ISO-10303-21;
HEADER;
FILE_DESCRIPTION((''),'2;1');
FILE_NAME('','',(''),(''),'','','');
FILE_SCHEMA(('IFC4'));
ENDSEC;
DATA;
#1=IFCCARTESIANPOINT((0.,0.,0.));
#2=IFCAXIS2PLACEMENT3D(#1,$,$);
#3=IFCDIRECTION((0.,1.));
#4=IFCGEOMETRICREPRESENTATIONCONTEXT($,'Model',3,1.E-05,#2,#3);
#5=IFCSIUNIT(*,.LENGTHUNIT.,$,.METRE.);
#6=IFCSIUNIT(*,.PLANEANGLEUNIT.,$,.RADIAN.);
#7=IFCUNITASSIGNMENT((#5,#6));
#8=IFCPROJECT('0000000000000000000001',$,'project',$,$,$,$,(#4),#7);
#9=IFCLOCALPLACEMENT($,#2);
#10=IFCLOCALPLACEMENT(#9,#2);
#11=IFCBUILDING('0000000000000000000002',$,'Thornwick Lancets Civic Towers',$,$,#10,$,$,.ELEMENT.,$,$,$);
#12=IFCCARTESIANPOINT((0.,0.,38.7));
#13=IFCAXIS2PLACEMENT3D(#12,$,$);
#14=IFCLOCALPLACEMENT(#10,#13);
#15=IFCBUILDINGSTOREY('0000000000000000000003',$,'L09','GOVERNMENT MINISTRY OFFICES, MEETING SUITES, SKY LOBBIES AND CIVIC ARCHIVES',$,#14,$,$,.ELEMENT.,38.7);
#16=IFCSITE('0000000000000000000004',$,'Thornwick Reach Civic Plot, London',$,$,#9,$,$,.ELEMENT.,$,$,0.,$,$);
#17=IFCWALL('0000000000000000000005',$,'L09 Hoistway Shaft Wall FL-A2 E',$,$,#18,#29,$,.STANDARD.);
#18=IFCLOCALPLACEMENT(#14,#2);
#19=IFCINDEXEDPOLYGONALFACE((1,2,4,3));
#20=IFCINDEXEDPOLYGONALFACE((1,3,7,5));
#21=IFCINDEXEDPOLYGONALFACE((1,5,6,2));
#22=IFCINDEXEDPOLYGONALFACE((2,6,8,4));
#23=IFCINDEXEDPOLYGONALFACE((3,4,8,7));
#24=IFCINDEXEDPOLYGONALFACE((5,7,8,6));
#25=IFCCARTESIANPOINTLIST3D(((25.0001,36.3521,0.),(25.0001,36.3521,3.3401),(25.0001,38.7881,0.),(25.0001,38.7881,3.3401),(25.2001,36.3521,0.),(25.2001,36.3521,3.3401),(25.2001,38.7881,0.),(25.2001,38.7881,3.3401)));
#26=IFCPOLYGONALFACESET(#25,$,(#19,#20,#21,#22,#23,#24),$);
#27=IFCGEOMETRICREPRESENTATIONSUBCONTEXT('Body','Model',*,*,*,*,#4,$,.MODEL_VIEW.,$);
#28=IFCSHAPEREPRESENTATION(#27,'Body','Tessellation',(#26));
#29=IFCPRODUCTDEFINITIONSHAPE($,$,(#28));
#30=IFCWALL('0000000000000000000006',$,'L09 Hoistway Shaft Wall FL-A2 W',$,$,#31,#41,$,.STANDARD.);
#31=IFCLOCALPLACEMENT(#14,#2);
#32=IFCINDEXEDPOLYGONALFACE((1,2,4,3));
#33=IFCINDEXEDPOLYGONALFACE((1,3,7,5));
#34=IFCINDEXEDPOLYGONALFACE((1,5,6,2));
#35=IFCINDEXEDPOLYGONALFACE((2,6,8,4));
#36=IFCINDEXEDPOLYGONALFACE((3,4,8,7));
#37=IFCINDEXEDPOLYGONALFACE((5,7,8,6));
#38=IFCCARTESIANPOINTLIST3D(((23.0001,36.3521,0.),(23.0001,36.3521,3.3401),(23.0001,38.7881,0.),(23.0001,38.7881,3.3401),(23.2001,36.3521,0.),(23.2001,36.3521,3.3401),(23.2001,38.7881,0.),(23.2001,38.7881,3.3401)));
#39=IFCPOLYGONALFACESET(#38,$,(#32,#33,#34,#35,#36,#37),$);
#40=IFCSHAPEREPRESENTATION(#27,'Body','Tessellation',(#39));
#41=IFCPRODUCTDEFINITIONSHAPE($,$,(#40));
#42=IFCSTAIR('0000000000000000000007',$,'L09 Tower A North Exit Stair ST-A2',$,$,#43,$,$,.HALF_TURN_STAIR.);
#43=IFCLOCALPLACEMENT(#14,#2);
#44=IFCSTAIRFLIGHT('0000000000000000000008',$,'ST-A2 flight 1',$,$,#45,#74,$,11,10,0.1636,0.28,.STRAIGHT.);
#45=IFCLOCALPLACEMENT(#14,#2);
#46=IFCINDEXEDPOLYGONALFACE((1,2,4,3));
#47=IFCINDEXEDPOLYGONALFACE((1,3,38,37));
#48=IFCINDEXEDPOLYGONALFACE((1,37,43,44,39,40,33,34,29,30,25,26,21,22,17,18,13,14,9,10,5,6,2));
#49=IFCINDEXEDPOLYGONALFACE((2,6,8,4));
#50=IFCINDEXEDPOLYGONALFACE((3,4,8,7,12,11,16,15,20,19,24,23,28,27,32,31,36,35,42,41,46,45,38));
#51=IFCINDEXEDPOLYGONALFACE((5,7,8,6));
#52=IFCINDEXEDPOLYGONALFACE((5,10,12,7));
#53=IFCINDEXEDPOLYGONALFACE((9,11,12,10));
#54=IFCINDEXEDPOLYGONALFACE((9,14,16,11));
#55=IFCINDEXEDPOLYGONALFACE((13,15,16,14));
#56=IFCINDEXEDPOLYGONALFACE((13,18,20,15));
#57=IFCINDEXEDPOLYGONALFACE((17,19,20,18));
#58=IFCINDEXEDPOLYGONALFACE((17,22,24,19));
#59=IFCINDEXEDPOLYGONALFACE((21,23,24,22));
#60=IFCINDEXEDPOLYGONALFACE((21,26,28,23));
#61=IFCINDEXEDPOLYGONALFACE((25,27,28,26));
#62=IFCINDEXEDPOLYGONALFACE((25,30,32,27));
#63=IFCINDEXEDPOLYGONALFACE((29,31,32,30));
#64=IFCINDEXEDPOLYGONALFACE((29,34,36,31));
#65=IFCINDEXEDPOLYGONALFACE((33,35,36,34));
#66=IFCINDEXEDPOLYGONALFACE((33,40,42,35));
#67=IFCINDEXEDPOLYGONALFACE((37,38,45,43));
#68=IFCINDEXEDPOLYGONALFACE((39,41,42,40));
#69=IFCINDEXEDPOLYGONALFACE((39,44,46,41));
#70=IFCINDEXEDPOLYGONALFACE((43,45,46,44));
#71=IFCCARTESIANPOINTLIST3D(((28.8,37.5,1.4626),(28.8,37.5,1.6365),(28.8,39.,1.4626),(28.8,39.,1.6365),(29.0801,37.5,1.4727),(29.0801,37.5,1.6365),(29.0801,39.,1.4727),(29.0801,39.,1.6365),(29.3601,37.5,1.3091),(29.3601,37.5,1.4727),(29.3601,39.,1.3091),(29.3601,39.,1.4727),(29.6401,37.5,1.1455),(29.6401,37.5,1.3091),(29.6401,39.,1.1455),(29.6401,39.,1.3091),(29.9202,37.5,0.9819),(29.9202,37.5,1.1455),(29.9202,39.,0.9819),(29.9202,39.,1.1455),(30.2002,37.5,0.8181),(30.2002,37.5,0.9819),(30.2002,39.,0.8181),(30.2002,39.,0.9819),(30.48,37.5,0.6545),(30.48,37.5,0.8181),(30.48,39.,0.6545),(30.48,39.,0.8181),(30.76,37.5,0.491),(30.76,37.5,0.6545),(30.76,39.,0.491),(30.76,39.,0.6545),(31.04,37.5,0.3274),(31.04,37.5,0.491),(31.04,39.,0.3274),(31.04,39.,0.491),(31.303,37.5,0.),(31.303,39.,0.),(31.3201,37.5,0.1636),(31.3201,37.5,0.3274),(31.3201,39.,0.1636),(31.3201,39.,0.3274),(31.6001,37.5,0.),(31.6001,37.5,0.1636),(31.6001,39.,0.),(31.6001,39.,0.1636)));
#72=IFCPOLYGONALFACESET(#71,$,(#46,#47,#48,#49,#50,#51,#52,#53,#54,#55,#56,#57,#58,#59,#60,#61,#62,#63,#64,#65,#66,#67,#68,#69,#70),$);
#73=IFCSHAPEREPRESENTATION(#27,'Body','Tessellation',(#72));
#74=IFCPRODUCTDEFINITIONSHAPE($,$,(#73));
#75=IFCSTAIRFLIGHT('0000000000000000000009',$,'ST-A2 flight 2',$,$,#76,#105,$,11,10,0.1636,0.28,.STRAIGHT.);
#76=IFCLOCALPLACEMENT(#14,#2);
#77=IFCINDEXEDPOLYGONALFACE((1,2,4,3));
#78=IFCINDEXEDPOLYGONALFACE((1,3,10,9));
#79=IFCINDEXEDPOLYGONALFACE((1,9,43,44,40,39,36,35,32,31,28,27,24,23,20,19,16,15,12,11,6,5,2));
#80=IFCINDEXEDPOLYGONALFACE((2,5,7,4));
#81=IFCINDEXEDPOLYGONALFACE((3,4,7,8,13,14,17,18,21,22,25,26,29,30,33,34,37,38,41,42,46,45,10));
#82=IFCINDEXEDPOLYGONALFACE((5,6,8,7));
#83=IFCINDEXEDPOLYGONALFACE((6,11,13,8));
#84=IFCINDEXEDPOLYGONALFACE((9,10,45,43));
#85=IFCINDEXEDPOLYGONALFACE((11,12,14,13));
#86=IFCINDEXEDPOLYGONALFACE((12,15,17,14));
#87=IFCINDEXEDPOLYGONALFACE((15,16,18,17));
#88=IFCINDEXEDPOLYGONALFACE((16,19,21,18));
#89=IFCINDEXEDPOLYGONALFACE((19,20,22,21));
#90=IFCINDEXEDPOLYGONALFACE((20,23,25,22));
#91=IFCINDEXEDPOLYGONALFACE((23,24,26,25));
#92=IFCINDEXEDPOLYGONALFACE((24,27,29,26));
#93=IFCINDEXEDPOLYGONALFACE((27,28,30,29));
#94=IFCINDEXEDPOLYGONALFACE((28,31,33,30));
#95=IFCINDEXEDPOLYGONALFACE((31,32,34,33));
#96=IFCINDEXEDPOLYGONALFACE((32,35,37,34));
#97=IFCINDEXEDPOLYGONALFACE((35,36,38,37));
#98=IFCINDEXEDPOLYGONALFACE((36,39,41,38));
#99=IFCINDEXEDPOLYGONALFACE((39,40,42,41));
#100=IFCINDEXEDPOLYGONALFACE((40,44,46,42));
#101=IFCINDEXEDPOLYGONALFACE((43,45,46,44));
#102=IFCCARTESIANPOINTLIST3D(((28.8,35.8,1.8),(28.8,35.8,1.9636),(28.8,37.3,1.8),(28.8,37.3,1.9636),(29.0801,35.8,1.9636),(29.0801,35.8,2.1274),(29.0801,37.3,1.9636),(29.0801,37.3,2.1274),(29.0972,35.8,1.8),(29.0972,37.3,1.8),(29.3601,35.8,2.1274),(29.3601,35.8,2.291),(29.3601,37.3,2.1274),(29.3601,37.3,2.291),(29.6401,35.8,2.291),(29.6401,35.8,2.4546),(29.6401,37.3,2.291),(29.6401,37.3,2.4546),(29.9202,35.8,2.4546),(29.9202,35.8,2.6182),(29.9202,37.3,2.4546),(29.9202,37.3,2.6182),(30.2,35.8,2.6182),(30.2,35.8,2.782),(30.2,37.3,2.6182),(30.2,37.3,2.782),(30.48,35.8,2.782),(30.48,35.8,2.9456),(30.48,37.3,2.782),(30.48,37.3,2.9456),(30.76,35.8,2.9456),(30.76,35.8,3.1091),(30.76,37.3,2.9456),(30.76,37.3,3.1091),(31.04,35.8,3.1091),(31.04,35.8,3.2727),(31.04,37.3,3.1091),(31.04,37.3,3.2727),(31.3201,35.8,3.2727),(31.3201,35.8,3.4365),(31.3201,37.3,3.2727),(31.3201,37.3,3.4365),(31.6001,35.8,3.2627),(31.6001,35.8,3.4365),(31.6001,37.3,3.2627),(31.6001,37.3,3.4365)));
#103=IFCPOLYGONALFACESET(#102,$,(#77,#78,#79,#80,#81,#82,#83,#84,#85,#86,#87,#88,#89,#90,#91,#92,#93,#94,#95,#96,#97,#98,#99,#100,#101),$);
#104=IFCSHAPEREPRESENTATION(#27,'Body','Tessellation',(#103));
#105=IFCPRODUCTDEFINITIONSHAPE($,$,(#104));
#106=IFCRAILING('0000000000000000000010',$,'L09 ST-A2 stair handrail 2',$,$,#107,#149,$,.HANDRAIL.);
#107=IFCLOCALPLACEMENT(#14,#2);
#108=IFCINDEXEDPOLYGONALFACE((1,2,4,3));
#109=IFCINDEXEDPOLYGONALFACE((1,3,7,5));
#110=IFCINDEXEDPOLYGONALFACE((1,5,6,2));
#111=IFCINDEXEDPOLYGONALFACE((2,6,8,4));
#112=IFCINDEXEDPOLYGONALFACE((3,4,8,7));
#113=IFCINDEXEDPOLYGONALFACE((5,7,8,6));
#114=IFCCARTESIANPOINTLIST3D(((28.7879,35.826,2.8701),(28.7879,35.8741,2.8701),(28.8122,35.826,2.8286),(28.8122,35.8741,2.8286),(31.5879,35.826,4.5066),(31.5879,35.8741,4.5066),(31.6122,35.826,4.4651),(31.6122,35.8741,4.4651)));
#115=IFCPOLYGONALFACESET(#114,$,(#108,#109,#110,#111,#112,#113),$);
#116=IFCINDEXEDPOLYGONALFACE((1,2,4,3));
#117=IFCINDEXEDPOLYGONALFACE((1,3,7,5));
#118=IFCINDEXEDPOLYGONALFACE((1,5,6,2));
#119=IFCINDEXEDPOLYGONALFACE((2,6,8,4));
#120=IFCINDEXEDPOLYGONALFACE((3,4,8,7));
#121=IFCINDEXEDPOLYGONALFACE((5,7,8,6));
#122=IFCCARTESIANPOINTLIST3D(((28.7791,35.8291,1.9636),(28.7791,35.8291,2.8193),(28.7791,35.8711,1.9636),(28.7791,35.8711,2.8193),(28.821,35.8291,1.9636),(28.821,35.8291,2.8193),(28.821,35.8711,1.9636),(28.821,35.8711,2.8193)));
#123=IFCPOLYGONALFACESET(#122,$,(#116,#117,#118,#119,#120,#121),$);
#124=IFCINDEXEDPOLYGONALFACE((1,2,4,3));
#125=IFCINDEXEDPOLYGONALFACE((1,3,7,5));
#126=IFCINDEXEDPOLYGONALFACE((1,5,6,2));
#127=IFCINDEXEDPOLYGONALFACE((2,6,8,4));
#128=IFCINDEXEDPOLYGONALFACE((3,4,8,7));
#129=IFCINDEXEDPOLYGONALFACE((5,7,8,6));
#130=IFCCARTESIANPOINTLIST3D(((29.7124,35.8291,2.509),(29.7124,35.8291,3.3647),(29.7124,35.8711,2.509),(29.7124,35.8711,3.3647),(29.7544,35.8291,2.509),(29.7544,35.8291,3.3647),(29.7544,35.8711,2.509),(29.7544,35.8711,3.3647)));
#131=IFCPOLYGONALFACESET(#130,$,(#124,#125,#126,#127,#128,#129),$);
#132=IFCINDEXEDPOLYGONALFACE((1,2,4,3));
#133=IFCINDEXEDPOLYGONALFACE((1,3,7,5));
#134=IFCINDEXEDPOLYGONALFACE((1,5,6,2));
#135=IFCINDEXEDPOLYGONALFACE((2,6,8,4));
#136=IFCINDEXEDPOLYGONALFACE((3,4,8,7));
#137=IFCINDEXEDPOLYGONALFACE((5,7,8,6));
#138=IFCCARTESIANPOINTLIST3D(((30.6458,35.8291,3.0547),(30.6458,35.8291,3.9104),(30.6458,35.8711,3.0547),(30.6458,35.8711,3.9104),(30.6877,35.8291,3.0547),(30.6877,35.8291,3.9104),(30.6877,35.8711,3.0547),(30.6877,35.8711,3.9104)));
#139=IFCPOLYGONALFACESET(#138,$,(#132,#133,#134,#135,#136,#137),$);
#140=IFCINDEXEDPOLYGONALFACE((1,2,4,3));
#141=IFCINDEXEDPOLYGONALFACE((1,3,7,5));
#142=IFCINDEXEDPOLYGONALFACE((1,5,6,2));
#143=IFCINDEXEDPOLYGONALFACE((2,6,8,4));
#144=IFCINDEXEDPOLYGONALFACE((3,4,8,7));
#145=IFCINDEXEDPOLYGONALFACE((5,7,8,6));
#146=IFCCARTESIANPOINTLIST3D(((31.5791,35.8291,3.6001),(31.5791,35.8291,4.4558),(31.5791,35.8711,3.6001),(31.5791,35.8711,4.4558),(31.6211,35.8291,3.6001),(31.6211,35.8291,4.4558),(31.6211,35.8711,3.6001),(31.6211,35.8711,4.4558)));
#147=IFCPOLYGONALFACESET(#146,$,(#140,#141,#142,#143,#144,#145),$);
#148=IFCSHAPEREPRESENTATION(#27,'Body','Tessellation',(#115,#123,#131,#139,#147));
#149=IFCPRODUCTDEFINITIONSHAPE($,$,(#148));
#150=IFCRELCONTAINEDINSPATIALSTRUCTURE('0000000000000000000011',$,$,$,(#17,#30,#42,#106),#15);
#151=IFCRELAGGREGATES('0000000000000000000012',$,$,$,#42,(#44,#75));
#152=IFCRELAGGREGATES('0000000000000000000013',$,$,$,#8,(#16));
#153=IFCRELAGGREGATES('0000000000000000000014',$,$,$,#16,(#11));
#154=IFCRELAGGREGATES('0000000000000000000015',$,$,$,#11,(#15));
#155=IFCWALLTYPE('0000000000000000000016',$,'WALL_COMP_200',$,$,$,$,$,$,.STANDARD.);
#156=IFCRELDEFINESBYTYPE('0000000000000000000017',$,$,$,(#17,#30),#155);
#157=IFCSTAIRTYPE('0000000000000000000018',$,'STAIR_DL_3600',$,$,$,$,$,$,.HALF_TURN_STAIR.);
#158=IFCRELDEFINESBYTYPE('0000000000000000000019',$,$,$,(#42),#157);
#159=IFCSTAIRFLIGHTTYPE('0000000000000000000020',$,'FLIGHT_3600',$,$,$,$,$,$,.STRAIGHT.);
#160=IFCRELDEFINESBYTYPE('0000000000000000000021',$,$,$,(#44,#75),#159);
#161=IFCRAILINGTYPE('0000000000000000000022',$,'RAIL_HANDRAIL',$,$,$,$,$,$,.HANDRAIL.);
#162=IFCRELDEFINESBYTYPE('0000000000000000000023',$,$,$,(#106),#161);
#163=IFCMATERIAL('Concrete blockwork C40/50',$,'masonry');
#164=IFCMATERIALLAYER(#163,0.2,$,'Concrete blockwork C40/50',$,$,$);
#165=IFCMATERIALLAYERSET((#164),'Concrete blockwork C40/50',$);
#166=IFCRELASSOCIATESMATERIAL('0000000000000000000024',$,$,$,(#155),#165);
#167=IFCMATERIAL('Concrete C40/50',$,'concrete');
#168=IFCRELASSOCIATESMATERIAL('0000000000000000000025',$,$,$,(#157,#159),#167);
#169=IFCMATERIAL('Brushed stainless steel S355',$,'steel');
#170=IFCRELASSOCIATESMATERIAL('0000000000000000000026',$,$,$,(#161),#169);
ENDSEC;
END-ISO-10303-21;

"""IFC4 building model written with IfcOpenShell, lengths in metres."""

from ifc_helpers import new_model, si_unit, direction, frame, frame_2d, origin, origin_2d, place, context, subcontext, project, spatial, polyline, rectangle, outline, extrude, material, layer, layer_set, type_object, element, aggregate, save


model = new_model("IFC4")

# Units and contexts
model_context = context("Model", 3, precision=1e-05, world=origin(), true_north=direction((0.0, 1.0)))
body_context = subcontext(model_context, "Body", "Model", "MODEL_VIEW")
ifc_project = project(units=[si_unit("LENGTHUNIT", "METRE"), si_unit("PLANEANGLEUNIT", "RADIAN")], contexts=[model_context])

# Site, building, storey
site_placement = place(None, origin())
site = spatial("IfcSite", under=ifc_project, at=site_placement, Name="Thornwick Reach Civic Plot, London", CompositionType="ELEMENT", RefElevation=0.0)
building_placement = place(site_placement, origin())
building = spatial("IfcBuilding", under=site, at=building_placement, Name="Thornwick Lancets Civic Towers", CompositionType="ELEMENT")
storey_placement = place(building_placement, frame((0.0, 0.0, 38.7)))
storey = spatial("IfcBuildingStorey", under=building, at=storey_placement, Name="L09", Description="GOVERNMENT MINISTRY OFFICES, MEETING SUITES, SKY LOBBIES AND CIVIC ARCHIVES", CompositionType="ELEMENT", Elevation=38.7)

# Shared definitions
ifc_material_1 = material(Name="Concrete C40/50", Category="concrete")

# Shared definitions
ifc_material_2 = material(Name="Concrete blockwork C40/50", Category="masonry")
ifc_layer = layer(ifc_material_2, 0.2, Name="Concrete blockwork C40/50")
ifc_layer_set = layer_set([ifc_layer], Name="Concrete blockwork C40/50")
wall_type = type_object("IfcWallType", Name="WALL_COMP_200", PredefinedType="STANDARD", material=ifc_layer_set)

# Walls
for number, where, z_axis, x_axis, name in (
    (1, (25.1001, 36.3521, 0.0), (0.0, 0.0, 1.0), (0.0, 1.0, 0.0), "L09 Hoistway Shaft Wall FL-A2 E"),
    (2, (23.1001, 36.3521, 0.0), (0.0, 0.0, 1.0), (0.0, 1.0, 0.0), "L09 Hoistway Shaft Wall FL-A2 W"),
):
    element("IfcWall", number, at=place(storey_placement, frame(where, z_axis=z_axis, x_axis=x_axis)), inside=storey, type_object=wall_type, Name=name, PredefinedType="STANDARD", context=body_context, shape_type="SweptSolid", body=[
        extrude(rectangle(XDim=2.436, YDim=0.2, at=frame_2d((1.218, 0.0))), origin(), (0.0, 0.0, 1.0), 3.3401),
    ])

# Stair, stair flights
stair_type = type_object("IfcStairType", Name="STAIR_DL_3600", PredefinedType="HALF_TURN_STAIR", material=ifc_material_1)
stair_placement = place(storey_placement, origin())
stair = element("IfcStair", 3, at=stair_placement, inside=storey, type_object=stair_type, Name="L09 Tower A North Exit Stair ST-A2", PredefinedType="HALF_TURN_STAIR")
stair_flight_type = type_object("IfcStairFlightType", Name="FLIGHT_3600", PredefinedType="STRAIGHT", material=ifc_material_1)
stair_flight_1_placement = place(storey_placement, frame((31.6001, 38.25, 0.0), z_axis=(0.0, 0.0, 1.0), x_axis=(-1.0, 0.0, 0.0)))
stair_flight_1 = element("IfcStairFlight", 4, at=stair_flight_1_placement, type_object=stair_flight_type, Name="ST-A2 flight 1", NumberOfRisers=11, NumberOfTreads=10, PredefinedType="STRAIGHT", RiserHeight=0.1636, TreadLength=0.28, context=body_context, shape_type="SweptSolid", body=[
    extrude(outline(polyline([(0.0, 0.0), (0.0, 0.1636), (0.28, 0.1636), (0.28, 0.3274), (0.5601, 0.3274), (0.5601, 0.491), (0.8401, 0.491), (0.8401, 0.6545), (1.1201, 0.6545), (1.1201, 0.8181), (1.3999, 0.8181), (1.3999, 0.9819), (1.6799, 0.9819), (1.6799, 1.1455), (1.96, 1.1455), (1.96, 1.3091), (2.24, 1.3091), (2.24, 1.4727), (2.52, 1.4727), (2.52, 1.6365), (2.8, 1.6365), (2.8, 1.8), (2.8, 1.4626), (0.2971, 0.0), (0.0, 0.0)])), frame((0.0, 0.75, 0.0), z_axis=(0.0, -1.0, 0.0), x_axis=(1.0, 0.0, 0.0)), (0.0, 0.0, 1.0), 1.5),
])
stair_flight_2_placement = place(storey_placement, frame((28.8, 36.55, 1.8), z_axis=(0.0, 0.0, 1.0), x_axis=(1.0, 0.0, 0.0)))
stair_flight_2 = element("IfcStairFlight", 5, at=stair_flight_2_placement, type_object=stair_flight_type, Name="ST-A2 flight 2", NumberOfRisers=11, NumberOfTreads=10, PredefinedType="STRAIGHT", RiserHeight=0.1636, TreadLength=0.28, context=body_context, shape_type="SweptSolid", body=[
    extrude(outline(polyline([(0.0, 0.0), (0.0, 0.1636), (0.28, 0.1636), (0.28, 0.3274), (0.5601, 0.3274), (0.5601, 0.491), (0.8401, 0.491), (0.8401, 0.6545), (1.1201, 0.6545), (1.1201, 0.8181), (1.3999, 0.8181), (1.3999, 0.9819), (1.6799, 0.9819), (1.6799, 1.1455), (1.96, 1.1455), (1.96, 1.3091), (2.24, 1.3091), (2.24, 1.4727), (2.52, 1.4727), (2.52, 1.6365), (2.8, 1.6365), (2.8, 1.8), (2.8, 1.4626), (0.2971, 0.0), (0.0, 0.0)])), frame((0.0, 0.75, 0.0), z_axis=(0.0, -1.0, 0.0), x_axis=(1.0, 0.0, 0.0)), (0.0, 0.0, 1.0), 1.5),
])
aggregate(stair, [stair_flight_1, stair_flight_2])

# Railing
ifc_material_3 = material(Name="Brushed stainless steel S355", Category="steel")
railing_type_1 = type_object("IfcRailingType", Name="RAIL_HANDRAIL", PredefinedType="HANDRAIL", material=ifc_material_3)
railing_1_placement = place(storey_placement, frame((28.8, 35.8501, 1.9636)))
element("IfcRailing", 6, at=railing_1_placement, inside=storey, type_object=railing_type_1, Name="L09 ST-A2 stair handrail 2", PredefinedType="HANDRAIL", context=body_context, shape_type="SweptSolid", body=[
    extrude(rectangle(XDim=0.0481, YDim=0.0481, at=origin_2d()), frame((0.0, 0.0, 0.8857), z_axis=(0.863361, 0.0, 0.504587), x_axis=(0.0, 1.0, 0.0)), (0.0, 0.0, 1.0), 3.2432),
    extrude(rectangle(XDim=0.042, YDim=0.042, at=origin_2d()), origin(), (0.0, 0.0, 1.0), 0.8557),
    extrude(rectangle(XDim=0.042, YDim=0.042, at=origin_2d()), frame((0.9333, 0.0, 0.5454)), (0.0, 0.0, 1.0), 0.8557),
    extrude(rectangle(XDim=0.042, YDim=0.042, at=origin_2d()), frame((1.8667, 0.0, 1.0911)), (0.0, 0.0, 1.0), 0.8557),
    extrude(rectangle(XDim=0.042, YDim=0.042, at=origin_2d()), frame((2.8, 0.0, 1.6365)), (0.0, 0.0, 1.0), 0.8557),
])

save(model, "model.ifc")
